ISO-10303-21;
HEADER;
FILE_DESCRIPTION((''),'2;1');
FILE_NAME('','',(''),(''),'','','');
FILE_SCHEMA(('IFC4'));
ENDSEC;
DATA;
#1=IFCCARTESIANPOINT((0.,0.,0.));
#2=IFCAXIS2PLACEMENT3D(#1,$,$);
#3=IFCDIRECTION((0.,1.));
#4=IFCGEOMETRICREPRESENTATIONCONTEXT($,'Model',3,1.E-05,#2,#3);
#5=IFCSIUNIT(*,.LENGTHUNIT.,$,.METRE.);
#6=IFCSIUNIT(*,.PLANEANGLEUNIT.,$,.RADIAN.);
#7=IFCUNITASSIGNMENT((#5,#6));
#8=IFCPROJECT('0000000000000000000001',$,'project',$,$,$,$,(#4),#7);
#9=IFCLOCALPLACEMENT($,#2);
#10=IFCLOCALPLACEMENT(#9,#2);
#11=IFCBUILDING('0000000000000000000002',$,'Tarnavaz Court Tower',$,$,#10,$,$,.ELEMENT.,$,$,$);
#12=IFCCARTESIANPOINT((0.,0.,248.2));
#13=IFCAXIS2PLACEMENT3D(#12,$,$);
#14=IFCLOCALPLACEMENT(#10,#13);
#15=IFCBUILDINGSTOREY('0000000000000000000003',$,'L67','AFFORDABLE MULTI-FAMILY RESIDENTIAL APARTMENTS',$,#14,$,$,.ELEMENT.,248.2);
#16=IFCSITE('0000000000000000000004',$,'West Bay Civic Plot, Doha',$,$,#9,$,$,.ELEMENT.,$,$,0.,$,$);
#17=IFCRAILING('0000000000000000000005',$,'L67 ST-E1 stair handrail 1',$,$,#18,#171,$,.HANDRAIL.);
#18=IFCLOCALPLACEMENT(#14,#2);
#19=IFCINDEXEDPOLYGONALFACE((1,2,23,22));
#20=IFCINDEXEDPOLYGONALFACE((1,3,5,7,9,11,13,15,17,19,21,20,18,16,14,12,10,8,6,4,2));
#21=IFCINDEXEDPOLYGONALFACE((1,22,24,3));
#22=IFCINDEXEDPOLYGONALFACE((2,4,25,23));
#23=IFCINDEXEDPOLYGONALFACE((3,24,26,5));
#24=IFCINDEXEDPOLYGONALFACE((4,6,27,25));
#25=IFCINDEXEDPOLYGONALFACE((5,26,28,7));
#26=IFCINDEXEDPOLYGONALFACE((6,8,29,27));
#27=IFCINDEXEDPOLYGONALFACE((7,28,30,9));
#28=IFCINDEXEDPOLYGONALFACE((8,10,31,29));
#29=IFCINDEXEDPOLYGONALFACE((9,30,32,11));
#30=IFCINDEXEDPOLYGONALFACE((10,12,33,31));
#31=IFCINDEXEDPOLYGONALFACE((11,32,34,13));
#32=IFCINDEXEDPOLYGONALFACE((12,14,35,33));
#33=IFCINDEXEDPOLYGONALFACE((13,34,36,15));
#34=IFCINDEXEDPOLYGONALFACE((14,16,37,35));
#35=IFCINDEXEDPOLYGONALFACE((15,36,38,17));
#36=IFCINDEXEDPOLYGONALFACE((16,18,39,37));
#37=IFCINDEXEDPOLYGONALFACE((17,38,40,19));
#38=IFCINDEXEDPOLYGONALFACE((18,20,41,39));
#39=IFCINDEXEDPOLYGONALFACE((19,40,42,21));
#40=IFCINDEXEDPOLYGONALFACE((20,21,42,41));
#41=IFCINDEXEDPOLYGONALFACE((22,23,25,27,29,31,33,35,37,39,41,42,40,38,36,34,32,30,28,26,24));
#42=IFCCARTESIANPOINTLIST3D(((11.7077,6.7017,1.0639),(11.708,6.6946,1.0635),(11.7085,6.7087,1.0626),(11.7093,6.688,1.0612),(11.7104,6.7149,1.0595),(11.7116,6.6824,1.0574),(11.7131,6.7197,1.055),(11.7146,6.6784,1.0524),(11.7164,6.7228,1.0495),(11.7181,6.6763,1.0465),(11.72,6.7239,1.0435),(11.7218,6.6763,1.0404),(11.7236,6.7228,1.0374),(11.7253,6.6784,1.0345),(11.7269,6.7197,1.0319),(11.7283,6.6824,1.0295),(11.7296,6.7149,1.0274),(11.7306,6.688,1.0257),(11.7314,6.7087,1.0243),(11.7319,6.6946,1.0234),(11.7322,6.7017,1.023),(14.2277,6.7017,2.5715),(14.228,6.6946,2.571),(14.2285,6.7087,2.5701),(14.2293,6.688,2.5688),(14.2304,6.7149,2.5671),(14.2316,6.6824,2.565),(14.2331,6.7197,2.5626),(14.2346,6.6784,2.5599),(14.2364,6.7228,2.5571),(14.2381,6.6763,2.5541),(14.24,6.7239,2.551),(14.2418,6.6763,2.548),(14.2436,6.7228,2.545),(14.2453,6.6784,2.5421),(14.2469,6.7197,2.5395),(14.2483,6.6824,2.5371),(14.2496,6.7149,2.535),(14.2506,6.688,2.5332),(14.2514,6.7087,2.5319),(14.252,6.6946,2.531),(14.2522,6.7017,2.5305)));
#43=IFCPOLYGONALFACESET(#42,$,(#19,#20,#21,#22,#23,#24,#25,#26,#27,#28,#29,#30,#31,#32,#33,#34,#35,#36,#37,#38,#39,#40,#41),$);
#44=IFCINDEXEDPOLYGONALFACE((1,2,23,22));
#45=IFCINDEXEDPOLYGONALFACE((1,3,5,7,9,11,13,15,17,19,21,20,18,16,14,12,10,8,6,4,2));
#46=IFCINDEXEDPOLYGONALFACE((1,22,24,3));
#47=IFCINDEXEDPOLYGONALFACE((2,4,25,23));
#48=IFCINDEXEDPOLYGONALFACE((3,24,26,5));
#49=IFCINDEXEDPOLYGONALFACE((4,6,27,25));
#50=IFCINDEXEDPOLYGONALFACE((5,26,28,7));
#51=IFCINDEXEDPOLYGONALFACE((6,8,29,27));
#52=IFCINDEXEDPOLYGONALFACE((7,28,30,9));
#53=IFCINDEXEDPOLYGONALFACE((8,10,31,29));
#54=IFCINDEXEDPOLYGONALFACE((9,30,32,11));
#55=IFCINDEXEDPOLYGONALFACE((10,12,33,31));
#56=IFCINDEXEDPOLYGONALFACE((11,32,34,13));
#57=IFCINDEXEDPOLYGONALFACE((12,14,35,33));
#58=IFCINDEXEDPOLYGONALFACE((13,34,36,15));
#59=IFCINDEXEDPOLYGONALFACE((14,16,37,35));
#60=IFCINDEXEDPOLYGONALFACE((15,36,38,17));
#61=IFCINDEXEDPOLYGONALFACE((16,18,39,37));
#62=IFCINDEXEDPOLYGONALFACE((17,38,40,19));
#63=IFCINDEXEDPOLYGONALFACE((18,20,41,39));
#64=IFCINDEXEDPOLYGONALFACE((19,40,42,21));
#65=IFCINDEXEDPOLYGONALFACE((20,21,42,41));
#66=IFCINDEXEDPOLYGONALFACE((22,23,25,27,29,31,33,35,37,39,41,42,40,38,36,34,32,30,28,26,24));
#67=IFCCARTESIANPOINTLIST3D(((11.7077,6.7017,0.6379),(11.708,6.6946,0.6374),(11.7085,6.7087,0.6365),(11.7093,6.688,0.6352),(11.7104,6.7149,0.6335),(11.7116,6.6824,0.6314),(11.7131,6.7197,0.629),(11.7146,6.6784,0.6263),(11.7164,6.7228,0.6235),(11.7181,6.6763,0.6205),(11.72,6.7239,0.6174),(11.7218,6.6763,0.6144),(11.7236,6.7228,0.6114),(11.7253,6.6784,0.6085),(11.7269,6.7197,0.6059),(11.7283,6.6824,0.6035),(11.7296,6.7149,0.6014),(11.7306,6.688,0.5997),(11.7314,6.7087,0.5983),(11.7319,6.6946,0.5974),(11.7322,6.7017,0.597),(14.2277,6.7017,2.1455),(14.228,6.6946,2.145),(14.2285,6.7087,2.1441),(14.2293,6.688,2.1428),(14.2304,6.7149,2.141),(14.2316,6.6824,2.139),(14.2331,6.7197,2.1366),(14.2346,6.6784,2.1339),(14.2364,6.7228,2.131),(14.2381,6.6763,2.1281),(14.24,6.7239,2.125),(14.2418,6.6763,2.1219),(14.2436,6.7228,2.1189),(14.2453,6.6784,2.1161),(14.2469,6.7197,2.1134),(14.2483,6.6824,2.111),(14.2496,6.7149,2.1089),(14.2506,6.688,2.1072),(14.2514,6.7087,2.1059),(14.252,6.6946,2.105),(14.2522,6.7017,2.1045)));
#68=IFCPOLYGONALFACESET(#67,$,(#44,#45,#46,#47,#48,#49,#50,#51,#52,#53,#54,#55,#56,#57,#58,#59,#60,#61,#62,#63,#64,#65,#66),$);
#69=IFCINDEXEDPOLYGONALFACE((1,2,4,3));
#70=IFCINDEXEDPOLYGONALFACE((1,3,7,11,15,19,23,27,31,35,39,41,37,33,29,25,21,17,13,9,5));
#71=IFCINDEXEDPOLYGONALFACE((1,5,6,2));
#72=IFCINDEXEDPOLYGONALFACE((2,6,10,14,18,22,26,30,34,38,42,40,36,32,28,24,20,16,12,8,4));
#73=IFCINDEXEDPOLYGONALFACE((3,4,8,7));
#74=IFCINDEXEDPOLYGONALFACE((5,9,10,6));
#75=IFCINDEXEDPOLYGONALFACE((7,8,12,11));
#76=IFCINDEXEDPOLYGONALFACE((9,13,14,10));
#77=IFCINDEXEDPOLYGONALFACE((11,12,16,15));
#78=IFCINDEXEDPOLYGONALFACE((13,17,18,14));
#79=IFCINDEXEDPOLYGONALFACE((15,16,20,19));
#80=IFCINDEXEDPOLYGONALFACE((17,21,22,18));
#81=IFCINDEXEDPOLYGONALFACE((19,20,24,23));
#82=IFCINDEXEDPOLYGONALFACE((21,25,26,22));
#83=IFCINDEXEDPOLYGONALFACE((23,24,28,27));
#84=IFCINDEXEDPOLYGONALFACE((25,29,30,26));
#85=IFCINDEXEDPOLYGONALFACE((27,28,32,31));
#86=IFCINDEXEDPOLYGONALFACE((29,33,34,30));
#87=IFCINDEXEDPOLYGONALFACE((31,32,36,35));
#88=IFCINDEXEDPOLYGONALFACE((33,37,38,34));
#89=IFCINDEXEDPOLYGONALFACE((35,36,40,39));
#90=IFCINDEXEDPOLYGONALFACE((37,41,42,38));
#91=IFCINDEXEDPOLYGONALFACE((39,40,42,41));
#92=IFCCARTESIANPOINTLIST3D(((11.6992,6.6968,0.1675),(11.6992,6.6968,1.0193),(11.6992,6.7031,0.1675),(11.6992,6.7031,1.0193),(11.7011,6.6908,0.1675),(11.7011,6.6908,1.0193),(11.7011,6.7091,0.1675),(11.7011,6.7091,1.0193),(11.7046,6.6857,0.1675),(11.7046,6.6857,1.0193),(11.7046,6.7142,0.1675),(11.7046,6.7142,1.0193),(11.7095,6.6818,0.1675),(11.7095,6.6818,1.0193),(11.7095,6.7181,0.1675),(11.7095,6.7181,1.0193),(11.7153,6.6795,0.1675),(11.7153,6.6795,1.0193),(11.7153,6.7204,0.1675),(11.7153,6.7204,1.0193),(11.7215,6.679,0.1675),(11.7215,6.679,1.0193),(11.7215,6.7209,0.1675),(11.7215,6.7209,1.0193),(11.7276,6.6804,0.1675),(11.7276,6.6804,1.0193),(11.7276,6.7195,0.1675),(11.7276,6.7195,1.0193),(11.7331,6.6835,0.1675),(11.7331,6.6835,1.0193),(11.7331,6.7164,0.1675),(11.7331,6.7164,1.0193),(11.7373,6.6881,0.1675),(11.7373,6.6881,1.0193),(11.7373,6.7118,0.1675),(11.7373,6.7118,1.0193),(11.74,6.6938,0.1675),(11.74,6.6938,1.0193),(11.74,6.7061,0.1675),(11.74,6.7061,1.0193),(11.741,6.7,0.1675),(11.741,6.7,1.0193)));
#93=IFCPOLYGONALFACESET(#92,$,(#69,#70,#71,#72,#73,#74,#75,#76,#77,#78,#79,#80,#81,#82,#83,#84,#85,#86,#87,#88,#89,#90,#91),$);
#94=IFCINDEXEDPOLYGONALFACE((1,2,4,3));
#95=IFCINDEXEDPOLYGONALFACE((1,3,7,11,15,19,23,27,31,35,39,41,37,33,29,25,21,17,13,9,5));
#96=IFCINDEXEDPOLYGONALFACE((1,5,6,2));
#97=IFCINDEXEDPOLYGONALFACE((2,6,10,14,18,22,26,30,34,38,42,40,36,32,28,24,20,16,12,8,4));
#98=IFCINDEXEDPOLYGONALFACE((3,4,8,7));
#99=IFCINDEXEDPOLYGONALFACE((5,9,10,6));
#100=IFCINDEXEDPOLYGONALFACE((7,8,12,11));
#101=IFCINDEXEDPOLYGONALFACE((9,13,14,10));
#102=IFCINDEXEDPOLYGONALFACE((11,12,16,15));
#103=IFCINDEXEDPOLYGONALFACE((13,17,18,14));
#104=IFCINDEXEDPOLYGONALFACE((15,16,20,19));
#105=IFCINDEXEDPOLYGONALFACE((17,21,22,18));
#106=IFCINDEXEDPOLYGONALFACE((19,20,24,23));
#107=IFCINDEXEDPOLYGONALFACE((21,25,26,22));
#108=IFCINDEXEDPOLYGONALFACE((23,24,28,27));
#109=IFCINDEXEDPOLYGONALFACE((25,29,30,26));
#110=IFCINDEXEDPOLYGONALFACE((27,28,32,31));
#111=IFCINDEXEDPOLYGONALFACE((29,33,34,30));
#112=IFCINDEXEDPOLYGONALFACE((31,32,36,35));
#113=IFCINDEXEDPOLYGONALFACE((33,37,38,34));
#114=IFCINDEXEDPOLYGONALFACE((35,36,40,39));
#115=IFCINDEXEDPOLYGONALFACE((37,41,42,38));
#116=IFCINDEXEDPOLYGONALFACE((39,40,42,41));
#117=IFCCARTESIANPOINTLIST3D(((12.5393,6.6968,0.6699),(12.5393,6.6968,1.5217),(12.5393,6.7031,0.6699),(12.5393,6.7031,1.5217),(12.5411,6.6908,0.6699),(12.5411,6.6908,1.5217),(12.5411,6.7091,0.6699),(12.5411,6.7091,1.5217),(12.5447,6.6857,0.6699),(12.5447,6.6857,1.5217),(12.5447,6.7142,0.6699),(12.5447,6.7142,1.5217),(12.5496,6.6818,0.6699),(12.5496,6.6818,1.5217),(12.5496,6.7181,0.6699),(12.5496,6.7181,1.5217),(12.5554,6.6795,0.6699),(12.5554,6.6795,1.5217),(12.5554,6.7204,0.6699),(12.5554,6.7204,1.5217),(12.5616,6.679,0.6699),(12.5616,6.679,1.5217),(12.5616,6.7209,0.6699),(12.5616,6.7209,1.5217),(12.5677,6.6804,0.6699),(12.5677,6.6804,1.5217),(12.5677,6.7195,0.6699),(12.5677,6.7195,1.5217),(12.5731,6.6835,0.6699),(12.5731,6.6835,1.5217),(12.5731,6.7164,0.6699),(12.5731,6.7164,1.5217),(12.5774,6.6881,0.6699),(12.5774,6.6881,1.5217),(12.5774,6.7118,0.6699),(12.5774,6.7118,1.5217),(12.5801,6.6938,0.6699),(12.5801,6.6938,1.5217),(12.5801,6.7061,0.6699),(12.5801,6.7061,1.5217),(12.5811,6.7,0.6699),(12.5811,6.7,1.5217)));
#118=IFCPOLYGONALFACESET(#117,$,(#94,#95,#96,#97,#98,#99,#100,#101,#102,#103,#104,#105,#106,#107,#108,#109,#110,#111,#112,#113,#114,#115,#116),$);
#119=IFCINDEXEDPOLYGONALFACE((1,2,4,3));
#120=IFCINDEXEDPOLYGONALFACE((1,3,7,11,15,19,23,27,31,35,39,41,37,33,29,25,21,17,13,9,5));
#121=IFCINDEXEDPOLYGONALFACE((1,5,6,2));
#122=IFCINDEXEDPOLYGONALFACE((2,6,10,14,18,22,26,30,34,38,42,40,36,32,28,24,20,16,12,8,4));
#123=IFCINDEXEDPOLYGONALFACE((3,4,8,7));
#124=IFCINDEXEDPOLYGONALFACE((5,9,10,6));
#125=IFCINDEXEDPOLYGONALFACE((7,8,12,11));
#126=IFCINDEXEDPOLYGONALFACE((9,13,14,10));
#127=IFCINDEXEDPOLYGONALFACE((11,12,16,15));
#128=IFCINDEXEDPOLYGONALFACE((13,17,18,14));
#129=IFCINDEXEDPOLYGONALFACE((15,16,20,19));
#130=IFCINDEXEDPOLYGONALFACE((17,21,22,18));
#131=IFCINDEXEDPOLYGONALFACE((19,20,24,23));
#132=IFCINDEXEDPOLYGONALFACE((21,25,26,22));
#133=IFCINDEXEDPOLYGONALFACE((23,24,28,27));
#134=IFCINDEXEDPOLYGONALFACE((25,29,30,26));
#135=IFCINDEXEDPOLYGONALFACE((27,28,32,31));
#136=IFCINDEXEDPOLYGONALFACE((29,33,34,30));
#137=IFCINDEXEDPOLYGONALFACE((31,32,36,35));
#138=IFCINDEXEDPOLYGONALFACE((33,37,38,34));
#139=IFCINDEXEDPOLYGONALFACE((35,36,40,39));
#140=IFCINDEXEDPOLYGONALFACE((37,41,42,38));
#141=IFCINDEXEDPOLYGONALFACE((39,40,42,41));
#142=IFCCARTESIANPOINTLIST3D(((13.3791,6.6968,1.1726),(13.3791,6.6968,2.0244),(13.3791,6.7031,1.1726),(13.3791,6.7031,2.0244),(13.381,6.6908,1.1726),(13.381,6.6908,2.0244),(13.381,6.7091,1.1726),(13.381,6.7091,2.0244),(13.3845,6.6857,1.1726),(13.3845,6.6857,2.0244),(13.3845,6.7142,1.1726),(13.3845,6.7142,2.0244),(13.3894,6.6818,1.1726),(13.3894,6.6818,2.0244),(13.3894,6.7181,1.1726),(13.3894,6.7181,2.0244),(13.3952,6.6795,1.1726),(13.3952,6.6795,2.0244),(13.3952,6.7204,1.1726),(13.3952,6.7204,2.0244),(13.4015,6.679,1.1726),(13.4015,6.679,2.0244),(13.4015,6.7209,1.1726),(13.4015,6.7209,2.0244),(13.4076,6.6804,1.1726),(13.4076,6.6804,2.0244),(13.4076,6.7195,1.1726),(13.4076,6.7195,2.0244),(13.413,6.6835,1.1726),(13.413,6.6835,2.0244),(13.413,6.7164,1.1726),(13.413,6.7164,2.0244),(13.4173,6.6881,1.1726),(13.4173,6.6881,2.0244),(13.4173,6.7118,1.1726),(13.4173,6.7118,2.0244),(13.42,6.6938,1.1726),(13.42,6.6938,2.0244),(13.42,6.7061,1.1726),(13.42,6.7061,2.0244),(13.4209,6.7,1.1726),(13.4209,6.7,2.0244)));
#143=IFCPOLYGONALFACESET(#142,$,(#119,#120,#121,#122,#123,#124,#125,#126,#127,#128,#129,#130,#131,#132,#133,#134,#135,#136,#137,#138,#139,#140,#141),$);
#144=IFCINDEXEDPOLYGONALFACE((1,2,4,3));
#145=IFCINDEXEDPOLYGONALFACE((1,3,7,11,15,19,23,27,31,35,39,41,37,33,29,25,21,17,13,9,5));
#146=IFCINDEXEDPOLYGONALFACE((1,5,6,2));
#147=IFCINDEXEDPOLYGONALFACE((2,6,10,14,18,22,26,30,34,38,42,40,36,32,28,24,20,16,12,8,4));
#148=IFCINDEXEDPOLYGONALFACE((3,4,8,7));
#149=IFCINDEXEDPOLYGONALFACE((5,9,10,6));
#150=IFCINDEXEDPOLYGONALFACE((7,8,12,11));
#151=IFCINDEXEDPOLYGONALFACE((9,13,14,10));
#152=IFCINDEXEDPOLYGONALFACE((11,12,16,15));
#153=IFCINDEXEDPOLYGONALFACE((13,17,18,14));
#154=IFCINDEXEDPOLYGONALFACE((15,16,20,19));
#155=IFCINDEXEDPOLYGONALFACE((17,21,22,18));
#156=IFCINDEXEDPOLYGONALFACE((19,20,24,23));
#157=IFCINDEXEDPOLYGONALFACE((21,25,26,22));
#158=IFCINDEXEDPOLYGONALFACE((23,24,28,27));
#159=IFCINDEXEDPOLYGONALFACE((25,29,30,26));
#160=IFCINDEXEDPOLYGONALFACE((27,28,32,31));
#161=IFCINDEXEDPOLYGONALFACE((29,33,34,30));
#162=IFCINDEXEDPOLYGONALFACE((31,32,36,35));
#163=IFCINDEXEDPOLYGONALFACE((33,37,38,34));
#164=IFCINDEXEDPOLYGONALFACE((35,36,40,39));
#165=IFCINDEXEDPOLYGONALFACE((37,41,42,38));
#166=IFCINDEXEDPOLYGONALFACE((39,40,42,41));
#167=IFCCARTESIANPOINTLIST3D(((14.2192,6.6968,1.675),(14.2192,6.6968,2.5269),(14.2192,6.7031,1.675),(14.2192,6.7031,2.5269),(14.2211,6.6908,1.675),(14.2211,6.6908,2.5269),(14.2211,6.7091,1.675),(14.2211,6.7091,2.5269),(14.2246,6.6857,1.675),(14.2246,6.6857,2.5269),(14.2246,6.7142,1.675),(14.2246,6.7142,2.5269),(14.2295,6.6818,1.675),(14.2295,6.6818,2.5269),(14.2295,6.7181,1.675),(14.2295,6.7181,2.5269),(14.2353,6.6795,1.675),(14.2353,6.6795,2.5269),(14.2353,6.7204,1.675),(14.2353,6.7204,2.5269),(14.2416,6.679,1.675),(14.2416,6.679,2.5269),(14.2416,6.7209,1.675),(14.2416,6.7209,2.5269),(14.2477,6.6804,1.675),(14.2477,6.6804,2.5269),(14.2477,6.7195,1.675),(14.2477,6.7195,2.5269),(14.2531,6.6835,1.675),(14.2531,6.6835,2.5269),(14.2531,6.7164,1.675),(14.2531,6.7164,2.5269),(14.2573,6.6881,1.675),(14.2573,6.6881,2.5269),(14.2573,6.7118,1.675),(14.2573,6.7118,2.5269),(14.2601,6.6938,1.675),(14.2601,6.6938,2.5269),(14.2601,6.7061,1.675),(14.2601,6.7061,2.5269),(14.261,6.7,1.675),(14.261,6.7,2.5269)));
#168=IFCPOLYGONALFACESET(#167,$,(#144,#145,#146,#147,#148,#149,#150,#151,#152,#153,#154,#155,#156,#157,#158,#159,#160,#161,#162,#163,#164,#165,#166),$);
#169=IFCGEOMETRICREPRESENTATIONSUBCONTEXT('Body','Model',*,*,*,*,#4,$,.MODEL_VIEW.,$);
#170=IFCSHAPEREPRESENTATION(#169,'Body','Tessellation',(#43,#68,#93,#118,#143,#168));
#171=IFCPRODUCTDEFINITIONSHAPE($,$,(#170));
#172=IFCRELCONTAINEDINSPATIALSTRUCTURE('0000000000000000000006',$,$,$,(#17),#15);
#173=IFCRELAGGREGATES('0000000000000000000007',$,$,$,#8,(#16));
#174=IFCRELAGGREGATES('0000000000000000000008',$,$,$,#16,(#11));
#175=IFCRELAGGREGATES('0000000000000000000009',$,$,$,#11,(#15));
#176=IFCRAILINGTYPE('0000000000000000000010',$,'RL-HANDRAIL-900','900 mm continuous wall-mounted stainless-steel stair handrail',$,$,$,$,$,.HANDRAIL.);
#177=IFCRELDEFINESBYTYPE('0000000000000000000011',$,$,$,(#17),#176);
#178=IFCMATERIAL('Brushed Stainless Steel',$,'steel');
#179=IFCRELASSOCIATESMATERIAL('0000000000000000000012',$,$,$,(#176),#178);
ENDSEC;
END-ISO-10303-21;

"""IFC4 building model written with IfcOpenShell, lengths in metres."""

from ifc_helpers import new_model, si_unit, direction, frame, origin, origin_2d, place, context, subcontext, project, spatial, circle, extrude, material, type_object, element, save


model = new_model("IFC4")

# Units and contexts
model_context = context("Model", 3, precision=1e-05, world=origin(), true_north=direction((0.0, 1.0)))
body_context = subcontext(model_context, "Body", "Model", "MODEL_VIEW")
ifc_project = project(units=[si_unit("LENGTHUNIT", "METRE"), si_unit("PLANEANGLEUNIT", "RADIAN")], contexts=[model_context])

# Site, building, storey
site_placement = place(None, origin())
site = spatial("IfcSite", under=ifc_project, at=site_placement, Name="West Bay Civic Plot, Doha", CompositionType="ELEMENT", RefElevation=0.0)
building_placement = place(site_placement, origin())
building = spatial("IfcBuilding", under=site, at=building_placement, Name="Tarnavaz Court Tower", CompositionType="ELEMENT")
storey_placement = place(building_placement, frame((0.0, 0.0, 248.2)))
storey = spatial("IfcBuildingStorey", under=building, at=storey_placement, Name="L67", Description="AFFORDABLE MULTI-FAMILY RESIDENTIAL APARTMENTS", CompositionType="ELEMENT", Elevation=248.2)

# Railing
ifc_material_1 = material(Name="Brushed Stainless Steel", Category="steel")
railing_type_1 = type_object("IfcRailingType", Name="RL-HANDRAIL-900", Description="900 mm continuous wall-mounted stainless-steel stair handrail", PredefinedType="HANDRAIL", material=ifc_material_1)
railing_1_placement = place(storey_placement, frame((11.72, 6.7, 0.1675)))
element("IfcRailing", 1, at=railing_1_placement, inside=storey, type_object=railing_type_1, Name="L67 ST-E1 stair handrail 1", PredefinedType="HANDRAIL", context=body_context, shape_type="SweptSolid", body=[
    extrude(circle(Radius=0.0239, at=origin_2d()), frame((0.0, 0.0, 0.876), z_axis=(0.85816, 0.0, 0.513383), x_axis=(0.0, 1.0, 0.0)), (0.0, 0.0, 1.0), 2.9365),
    extrude(circle(Radius=0.0239, at=origin_2d()), frame((0.0, 0.0, 0.45), z_axis=(0.85816, 0.0, 0.513383), x_axis=(0.0, 1.0, 0.0)), (0.0, 0.0, 1.0), 2.9365),
    extrude(circle(Radius=0.021, at=origin_2d()), origin(), (0.0, 0.0, 1.0), 0.8518),
    extrude(circle(Radius=0.021, at=origin_2d()), frame((0.8401, 0.0, 0.5024)), (0.0, 0.0, 1.0), 0.8518),
    extrude(circle(Radius=0.021, at=origin_2d()), frame((1.6799, 0.0, 1.0051)), (0.0, 0.0, 1.0), 0.8518),
    extrude(circle(Radius=0.021, at=origin_2d()), frame((2.52, 0.0, 1.5076)), (0.0, 0.0, 1.0), 0.8518),
])

save(model, "model.ifc")
